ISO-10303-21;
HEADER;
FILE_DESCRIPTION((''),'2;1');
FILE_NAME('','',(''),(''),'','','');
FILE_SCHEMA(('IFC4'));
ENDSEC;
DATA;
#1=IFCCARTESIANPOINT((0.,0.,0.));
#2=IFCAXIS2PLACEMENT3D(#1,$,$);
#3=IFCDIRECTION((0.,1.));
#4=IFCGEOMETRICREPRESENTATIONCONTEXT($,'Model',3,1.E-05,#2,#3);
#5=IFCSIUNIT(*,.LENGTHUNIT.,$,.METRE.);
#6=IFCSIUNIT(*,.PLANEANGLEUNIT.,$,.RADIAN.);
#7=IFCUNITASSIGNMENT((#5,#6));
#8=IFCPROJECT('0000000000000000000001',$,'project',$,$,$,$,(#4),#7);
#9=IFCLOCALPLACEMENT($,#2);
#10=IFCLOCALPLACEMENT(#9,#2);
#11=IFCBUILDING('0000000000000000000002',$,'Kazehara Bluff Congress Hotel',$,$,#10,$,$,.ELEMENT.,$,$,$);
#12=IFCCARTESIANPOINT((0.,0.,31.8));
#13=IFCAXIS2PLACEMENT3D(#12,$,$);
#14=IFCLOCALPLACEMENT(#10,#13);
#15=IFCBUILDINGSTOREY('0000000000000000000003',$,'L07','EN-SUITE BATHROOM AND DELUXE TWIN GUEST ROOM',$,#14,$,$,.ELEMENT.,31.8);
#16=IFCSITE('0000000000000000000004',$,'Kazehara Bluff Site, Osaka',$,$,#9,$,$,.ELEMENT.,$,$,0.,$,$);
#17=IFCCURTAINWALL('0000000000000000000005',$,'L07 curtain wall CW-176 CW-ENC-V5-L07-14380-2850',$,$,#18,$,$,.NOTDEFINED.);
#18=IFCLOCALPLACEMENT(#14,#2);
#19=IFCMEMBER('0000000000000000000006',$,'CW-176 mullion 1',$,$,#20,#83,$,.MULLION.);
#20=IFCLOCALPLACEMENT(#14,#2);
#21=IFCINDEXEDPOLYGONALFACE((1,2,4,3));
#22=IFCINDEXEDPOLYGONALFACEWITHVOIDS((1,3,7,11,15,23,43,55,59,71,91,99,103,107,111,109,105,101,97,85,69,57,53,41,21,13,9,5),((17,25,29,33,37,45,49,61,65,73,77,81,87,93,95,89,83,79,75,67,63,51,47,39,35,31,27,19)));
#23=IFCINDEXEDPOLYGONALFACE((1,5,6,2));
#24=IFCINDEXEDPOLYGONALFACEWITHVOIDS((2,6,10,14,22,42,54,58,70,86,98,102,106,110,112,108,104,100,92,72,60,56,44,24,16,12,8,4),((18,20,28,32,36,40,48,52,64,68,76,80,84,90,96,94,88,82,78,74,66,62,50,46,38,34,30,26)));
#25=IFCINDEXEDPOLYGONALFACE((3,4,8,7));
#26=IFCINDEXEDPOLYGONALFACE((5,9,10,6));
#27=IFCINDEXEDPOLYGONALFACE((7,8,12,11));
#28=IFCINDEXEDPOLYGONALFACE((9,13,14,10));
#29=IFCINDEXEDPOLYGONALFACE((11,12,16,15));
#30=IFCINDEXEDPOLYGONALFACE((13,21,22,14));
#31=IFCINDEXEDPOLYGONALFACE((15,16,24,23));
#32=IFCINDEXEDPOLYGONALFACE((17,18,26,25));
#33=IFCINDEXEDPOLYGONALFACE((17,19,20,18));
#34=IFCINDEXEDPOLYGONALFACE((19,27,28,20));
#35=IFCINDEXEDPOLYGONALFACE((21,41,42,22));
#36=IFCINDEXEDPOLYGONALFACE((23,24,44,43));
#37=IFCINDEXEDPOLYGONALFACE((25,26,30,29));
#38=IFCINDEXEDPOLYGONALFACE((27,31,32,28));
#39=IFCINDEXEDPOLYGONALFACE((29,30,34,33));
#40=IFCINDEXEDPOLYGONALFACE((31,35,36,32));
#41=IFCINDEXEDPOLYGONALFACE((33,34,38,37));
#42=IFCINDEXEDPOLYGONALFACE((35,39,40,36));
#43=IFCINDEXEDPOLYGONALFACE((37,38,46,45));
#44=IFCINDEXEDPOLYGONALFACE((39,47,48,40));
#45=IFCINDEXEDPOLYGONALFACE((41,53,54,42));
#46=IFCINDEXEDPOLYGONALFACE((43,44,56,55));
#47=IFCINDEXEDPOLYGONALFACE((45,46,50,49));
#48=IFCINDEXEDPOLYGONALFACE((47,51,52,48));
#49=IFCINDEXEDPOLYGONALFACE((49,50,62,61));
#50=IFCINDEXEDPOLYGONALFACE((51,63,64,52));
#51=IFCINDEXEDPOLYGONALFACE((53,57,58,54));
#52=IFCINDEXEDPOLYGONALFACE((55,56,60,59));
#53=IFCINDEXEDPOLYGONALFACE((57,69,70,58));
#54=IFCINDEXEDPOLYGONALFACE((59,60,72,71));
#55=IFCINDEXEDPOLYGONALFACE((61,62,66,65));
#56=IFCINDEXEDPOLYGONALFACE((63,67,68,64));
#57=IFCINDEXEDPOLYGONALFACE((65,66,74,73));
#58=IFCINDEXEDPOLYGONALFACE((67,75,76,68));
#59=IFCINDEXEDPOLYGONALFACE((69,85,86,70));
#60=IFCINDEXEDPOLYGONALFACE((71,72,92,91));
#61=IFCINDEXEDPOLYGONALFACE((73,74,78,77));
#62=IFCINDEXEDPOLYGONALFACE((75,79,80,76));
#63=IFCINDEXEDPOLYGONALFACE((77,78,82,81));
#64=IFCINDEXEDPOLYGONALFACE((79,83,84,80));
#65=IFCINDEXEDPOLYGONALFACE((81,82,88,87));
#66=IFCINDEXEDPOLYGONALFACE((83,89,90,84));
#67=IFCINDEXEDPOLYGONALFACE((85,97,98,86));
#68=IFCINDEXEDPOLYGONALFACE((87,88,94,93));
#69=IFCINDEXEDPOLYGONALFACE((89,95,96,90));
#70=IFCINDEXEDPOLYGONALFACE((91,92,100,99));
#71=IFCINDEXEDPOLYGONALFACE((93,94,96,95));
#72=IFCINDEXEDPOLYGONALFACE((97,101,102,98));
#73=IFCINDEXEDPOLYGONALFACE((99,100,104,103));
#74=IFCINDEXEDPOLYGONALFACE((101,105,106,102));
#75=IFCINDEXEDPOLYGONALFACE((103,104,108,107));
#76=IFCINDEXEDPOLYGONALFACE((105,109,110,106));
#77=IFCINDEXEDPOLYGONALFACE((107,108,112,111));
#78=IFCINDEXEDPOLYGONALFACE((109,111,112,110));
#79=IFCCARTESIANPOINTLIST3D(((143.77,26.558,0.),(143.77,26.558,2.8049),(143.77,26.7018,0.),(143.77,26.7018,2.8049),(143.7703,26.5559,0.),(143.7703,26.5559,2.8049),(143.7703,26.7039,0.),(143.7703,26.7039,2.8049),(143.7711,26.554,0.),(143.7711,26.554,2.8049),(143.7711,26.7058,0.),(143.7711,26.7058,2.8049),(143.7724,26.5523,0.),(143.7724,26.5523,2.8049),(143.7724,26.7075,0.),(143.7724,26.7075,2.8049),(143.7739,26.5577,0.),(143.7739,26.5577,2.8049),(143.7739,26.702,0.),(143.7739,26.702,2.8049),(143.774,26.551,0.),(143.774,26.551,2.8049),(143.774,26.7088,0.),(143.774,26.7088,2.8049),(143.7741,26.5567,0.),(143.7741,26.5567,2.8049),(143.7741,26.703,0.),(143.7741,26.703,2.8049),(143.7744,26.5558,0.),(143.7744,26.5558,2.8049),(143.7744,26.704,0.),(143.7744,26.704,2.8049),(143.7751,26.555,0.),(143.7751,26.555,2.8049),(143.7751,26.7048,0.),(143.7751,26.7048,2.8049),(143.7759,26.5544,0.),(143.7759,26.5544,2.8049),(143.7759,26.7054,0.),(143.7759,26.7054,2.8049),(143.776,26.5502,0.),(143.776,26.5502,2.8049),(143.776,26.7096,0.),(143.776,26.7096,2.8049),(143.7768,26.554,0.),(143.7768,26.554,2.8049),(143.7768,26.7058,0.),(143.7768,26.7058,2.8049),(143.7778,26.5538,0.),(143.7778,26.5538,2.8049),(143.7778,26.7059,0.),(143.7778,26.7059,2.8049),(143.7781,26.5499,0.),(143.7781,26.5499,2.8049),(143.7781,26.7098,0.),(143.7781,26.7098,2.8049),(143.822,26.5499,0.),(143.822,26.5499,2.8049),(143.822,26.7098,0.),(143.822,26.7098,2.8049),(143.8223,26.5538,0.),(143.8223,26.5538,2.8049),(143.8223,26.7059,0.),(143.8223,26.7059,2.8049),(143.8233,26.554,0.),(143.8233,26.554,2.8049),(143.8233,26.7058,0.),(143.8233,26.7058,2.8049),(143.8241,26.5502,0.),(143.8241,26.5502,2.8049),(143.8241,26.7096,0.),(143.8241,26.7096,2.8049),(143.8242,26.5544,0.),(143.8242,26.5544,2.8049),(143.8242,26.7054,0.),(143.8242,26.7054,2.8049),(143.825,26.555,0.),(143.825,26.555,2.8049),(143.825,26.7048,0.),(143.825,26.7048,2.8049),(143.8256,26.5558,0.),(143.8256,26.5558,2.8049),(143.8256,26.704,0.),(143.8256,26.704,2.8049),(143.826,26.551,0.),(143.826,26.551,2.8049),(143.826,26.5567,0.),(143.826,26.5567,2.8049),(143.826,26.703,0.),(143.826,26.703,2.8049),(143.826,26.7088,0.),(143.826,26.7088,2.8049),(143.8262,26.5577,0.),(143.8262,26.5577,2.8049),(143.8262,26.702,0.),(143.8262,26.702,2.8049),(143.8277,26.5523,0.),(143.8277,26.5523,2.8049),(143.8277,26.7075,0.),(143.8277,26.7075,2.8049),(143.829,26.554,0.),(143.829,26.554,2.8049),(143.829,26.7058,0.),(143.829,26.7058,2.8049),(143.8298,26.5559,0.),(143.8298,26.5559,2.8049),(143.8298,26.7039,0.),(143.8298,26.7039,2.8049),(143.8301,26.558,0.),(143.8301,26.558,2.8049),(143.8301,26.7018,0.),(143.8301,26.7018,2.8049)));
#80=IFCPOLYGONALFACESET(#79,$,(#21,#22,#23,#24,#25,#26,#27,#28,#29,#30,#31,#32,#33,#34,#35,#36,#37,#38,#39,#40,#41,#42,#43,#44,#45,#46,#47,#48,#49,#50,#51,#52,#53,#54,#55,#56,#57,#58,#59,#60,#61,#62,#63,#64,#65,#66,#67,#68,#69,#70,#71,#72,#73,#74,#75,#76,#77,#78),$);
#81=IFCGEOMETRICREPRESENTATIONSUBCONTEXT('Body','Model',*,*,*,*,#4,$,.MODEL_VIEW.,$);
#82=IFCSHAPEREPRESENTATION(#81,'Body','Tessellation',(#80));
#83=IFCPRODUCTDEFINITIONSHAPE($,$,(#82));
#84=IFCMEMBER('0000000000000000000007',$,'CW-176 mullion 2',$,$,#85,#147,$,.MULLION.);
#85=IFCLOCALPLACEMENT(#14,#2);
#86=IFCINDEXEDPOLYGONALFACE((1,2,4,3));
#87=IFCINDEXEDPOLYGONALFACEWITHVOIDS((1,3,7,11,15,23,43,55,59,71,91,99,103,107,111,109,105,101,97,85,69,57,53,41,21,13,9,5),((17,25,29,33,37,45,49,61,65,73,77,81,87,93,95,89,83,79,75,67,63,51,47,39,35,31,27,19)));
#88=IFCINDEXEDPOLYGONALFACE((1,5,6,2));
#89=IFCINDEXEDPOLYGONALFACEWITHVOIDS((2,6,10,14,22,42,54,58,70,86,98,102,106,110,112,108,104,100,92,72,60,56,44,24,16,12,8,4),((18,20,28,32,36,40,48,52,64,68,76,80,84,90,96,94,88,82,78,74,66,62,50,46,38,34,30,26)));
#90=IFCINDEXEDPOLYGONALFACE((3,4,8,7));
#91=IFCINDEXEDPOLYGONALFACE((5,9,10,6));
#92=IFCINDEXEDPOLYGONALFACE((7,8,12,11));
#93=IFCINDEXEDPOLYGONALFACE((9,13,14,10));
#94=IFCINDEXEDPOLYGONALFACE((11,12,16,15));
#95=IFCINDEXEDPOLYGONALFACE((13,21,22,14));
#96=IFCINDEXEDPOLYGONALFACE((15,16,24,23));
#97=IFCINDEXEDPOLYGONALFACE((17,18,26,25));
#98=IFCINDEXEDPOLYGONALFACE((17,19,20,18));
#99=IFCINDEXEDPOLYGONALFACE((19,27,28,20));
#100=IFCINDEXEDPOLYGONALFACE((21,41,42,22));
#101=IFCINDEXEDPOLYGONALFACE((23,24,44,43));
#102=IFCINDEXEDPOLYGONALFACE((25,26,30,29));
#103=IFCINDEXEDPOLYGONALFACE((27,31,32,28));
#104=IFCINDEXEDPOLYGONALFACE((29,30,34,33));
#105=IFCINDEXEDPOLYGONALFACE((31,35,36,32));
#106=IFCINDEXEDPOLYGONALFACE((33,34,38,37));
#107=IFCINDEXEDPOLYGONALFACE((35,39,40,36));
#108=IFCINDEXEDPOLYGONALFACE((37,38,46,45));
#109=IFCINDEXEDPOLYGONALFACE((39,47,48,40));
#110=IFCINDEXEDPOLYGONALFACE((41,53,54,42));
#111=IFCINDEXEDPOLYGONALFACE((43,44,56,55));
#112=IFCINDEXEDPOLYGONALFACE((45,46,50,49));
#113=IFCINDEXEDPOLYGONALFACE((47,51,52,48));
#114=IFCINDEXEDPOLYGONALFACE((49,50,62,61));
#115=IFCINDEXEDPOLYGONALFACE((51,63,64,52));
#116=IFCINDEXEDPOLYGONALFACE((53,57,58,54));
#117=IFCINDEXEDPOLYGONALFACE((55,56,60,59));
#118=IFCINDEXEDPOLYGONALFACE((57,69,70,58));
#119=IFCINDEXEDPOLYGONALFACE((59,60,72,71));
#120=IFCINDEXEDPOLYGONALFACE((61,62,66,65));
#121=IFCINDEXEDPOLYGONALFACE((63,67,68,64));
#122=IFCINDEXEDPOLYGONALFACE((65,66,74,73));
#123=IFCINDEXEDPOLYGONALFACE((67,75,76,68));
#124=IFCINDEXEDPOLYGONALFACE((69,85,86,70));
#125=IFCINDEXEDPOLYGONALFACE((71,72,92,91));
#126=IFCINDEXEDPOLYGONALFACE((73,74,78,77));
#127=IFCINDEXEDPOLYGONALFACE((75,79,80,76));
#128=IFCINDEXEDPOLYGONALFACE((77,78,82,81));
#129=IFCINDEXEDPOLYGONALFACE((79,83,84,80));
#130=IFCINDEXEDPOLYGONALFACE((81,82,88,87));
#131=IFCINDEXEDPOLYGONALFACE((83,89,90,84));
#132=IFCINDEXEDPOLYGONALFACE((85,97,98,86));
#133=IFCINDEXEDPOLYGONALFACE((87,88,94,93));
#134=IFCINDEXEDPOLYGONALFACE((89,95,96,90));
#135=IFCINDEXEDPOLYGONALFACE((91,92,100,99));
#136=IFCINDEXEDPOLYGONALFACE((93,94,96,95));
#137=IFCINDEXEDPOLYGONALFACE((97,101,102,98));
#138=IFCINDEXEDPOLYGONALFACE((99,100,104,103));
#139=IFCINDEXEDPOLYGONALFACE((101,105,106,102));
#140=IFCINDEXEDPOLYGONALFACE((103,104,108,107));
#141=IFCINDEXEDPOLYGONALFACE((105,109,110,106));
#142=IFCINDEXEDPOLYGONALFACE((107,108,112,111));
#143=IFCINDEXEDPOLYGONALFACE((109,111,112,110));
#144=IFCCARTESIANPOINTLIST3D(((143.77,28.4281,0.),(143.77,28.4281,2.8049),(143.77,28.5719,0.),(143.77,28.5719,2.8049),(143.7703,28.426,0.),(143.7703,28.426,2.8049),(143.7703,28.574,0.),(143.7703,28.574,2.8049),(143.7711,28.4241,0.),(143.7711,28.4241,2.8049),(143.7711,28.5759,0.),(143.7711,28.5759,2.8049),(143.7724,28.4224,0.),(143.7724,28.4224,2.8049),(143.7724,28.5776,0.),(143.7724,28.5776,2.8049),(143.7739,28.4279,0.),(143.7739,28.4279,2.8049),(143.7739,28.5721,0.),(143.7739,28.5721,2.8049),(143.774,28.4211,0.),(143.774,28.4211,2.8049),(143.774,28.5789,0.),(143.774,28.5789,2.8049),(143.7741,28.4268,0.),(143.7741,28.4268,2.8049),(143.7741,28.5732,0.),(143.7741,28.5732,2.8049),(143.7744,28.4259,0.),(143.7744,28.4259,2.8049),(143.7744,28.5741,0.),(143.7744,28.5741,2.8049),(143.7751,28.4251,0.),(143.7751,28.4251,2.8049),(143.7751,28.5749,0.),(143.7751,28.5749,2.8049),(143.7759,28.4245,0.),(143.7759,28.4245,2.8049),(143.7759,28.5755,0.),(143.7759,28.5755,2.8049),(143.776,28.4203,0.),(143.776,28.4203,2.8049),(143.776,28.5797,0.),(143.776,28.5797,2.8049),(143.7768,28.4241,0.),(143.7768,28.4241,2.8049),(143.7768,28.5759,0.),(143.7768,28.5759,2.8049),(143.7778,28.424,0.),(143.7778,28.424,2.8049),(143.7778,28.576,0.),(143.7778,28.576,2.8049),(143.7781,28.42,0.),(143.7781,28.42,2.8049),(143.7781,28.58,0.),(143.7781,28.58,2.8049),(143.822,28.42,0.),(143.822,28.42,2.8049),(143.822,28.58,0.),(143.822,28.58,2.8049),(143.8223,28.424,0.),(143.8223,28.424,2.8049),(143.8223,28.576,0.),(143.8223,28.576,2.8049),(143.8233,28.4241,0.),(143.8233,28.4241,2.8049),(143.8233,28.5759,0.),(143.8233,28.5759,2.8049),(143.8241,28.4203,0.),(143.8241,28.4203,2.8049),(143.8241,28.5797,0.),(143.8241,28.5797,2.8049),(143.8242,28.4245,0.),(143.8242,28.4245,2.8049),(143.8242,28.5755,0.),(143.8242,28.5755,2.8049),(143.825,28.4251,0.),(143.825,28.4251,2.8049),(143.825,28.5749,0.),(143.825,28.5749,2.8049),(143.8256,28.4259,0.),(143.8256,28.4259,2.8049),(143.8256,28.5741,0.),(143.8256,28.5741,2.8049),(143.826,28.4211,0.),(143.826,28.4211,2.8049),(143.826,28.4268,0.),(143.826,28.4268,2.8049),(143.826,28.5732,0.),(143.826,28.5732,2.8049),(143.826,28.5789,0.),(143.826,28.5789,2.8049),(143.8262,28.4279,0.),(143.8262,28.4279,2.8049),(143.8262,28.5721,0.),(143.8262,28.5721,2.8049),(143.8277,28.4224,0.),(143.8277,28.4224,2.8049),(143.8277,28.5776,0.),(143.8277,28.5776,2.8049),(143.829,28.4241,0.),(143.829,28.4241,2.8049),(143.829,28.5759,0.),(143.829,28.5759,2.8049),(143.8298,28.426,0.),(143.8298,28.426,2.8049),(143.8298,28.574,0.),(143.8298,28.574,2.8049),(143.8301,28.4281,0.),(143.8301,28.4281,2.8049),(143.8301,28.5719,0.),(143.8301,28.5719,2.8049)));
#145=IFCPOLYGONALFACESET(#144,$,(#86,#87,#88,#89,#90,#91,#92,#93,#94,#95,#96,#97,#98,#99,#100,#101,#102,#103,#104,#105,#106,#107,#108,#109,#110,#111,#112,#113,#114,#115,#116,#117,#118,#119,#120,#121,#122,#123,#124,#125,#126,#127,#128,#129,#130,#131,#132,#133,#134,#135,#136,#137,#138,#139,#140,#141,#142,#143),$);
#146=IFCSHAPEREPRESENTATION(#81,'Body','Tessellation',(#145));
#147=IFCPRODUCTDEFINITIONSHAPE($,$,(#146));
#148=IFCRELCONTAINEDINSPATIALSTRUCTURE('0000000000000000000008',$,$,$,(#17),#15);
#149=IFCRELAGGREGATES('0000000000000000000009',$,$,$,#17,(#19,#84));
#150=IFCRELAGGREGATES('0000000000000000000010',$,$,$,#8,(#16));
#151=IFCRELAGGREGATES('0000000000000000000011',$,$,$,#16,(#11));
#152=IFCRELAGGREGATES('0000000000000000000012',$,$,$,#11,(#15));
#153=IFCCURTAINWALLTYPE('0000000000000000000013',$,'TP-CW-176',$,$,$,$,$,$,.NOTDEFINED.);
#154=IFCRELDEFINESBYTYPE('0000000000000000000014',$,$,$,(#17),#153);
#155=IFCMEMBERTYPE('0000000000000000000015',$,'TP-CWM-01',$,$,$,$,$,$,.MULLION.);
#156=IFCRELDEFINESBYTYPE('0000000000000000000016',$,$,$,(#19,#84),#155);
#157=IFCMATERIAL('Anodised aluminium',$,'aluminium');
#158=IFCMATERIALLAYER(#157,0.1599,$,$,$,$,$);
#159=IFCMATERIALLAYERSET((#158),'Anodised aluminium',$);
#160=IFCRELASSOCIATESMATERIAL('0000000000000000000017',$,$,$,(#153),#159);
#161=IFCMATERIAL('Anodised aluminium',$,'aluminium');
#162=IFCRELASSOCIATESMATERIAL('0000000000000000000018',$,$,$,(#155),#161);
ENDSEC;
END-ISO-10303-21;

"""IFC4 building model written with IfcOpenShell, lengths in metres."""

from ifc_helpers import new_model, si_unit, direction, frame, origin, origin_2d, place, context, subcontext, project, spatial, hollow_rectangle, extrude, material, layer, layer_set, material_profile, profile_set, type_object, element, aggregate, save


model = new_model("IFC4")

# Units and contexts
model_context = context("Model", 3, precision=1e-05, world=origin(), true_north=direction((0.0, 1.0)))
body_context = subcontext(model_context, "Body", "Model", "MODEL_VIEW")
ifc_project = project(units=[si_unit("LENGTHUNIT", "METRE"), si_unit("PLANEANGLEUNIT", "RADIAN")], contexts=[model_context])

# Site, building, storey
site_placement = place(None, origin())
site = spatial("IfcSite", under=ifc_project, at=site_placement, Name="Kazehara Bluff Site, Osaka", CompositionType="ELEMENT", RefElevation=0.0)
building_placement = place(site_placement, origin())
building = spatial("IfcBuilding", under=site, at=building_placement, Name="Kazehara Bluff Congress Hotel", CompositionType="ELEMENT")
storey_placement = place(building_placement, frame((0.0, 0.0, 31.8)))
storey = spatial("IfcBuildingStorey", under=building, at=storey_placement, Name="L07", Description="EN-SUITE BATHROOM AND DELUXE TWIN GUEST ROOM", CompositionType="ELEMENT", Elevation=31.8)

# Curtain wall, members
ifc_material_1 = material(Name="Anodised aluminium", Category="aluminium")
ifc_layer_1 = layer(ifc_material_1, 0.1599)
ifc_layer_set_1 = layer_set([ifc_layer_1], Name="Anodised aluminium")
curtain_wall_type_1 = type_object("IfcCurtainWallType", Name="TP-CW-176", PredefinedType="NOTDEFINED", material=ifc_layer_set_1)
curtain_wall_1_placement = place(storey_placement, origin())
curtain_wall_1 = element("IfcCurtainWall", 1, at=curtain_wall_1_placement, inside=storey, type_object=curtain_wall_type_1, Name="L07 curtain wall CW-176 CW-ENC-V5-L07-14380-2850", PredefinedType="NOTDEFINED")
ifc_material_2 = material(Name="Anodised aluminium", Category="aluminium")
ifc_material_profile_1 = material_profile(ifc_material_2, hollow_rectangle(XDim=0.0601, YDim=0.1599, WallThickness=0.0039, InnerFilletRadius=0.0039, OuterFilletRadius=0.0081, at=origin_2d()))
ifc_profile_set_1 = profile_set([ifc_material_profile_1], Name="Anodised aluminium")
member_type_1 = type_object("IfcMemberType", Name="TP-CWM-01", PredefinedType="MULLION", material=ifc_profile_set_1)
member_1_placement = place(storey_placement, frame((143.8, 26.6299, 0.0), z_axis=(0.0, 0.0, 1.0), x_axis=(-1.0, 0.0, 0.0)))
member_1 = element("IfcMember", 2, at=member_1_placement, type_object=member_type_1, Name="CW-176 mullion 1", PredefinedType="MULLION", context=body_context, shape_type="SweptSolid", body=[
    extrude(hollow_rectangle(XDim=0.0601, YDim=0.1599, WallThickness=0.0039, InnerFilletRadius=0.0039, OuterFilletRadius=0.0081, at=origin_2d()), origin(), (0.0, 0.0, 1.0), 2.8049),
])
member_2_placement = place(storey_placement, frame((143.8, 28.5, 0.0), z_axis=(0.0, 0.0, 1.0), x_axis=(-1.0, 0.0, 0.0)))
member_2 = element("IfcMember", 3, at=member_2_placement, type_object=member_type_1, Name="CW-176 mullion 2", PredefinedType="MULLION", context=body_context, shape_type="SweptSolid", body=[
    extrude(hollow_rectangle(XDim=0.0601, YDim=0.1599, WallThickness=0.0039, InnerFilletRadius=0.0039, OuterFilletRadius=0.0081, at=origin_2d()), origin(), (0.0, 0.0, 1.0), 2.8049),
])

aggregate(curtain_wall_1, [member_1, member_2])

save(model, "model.ifc")
